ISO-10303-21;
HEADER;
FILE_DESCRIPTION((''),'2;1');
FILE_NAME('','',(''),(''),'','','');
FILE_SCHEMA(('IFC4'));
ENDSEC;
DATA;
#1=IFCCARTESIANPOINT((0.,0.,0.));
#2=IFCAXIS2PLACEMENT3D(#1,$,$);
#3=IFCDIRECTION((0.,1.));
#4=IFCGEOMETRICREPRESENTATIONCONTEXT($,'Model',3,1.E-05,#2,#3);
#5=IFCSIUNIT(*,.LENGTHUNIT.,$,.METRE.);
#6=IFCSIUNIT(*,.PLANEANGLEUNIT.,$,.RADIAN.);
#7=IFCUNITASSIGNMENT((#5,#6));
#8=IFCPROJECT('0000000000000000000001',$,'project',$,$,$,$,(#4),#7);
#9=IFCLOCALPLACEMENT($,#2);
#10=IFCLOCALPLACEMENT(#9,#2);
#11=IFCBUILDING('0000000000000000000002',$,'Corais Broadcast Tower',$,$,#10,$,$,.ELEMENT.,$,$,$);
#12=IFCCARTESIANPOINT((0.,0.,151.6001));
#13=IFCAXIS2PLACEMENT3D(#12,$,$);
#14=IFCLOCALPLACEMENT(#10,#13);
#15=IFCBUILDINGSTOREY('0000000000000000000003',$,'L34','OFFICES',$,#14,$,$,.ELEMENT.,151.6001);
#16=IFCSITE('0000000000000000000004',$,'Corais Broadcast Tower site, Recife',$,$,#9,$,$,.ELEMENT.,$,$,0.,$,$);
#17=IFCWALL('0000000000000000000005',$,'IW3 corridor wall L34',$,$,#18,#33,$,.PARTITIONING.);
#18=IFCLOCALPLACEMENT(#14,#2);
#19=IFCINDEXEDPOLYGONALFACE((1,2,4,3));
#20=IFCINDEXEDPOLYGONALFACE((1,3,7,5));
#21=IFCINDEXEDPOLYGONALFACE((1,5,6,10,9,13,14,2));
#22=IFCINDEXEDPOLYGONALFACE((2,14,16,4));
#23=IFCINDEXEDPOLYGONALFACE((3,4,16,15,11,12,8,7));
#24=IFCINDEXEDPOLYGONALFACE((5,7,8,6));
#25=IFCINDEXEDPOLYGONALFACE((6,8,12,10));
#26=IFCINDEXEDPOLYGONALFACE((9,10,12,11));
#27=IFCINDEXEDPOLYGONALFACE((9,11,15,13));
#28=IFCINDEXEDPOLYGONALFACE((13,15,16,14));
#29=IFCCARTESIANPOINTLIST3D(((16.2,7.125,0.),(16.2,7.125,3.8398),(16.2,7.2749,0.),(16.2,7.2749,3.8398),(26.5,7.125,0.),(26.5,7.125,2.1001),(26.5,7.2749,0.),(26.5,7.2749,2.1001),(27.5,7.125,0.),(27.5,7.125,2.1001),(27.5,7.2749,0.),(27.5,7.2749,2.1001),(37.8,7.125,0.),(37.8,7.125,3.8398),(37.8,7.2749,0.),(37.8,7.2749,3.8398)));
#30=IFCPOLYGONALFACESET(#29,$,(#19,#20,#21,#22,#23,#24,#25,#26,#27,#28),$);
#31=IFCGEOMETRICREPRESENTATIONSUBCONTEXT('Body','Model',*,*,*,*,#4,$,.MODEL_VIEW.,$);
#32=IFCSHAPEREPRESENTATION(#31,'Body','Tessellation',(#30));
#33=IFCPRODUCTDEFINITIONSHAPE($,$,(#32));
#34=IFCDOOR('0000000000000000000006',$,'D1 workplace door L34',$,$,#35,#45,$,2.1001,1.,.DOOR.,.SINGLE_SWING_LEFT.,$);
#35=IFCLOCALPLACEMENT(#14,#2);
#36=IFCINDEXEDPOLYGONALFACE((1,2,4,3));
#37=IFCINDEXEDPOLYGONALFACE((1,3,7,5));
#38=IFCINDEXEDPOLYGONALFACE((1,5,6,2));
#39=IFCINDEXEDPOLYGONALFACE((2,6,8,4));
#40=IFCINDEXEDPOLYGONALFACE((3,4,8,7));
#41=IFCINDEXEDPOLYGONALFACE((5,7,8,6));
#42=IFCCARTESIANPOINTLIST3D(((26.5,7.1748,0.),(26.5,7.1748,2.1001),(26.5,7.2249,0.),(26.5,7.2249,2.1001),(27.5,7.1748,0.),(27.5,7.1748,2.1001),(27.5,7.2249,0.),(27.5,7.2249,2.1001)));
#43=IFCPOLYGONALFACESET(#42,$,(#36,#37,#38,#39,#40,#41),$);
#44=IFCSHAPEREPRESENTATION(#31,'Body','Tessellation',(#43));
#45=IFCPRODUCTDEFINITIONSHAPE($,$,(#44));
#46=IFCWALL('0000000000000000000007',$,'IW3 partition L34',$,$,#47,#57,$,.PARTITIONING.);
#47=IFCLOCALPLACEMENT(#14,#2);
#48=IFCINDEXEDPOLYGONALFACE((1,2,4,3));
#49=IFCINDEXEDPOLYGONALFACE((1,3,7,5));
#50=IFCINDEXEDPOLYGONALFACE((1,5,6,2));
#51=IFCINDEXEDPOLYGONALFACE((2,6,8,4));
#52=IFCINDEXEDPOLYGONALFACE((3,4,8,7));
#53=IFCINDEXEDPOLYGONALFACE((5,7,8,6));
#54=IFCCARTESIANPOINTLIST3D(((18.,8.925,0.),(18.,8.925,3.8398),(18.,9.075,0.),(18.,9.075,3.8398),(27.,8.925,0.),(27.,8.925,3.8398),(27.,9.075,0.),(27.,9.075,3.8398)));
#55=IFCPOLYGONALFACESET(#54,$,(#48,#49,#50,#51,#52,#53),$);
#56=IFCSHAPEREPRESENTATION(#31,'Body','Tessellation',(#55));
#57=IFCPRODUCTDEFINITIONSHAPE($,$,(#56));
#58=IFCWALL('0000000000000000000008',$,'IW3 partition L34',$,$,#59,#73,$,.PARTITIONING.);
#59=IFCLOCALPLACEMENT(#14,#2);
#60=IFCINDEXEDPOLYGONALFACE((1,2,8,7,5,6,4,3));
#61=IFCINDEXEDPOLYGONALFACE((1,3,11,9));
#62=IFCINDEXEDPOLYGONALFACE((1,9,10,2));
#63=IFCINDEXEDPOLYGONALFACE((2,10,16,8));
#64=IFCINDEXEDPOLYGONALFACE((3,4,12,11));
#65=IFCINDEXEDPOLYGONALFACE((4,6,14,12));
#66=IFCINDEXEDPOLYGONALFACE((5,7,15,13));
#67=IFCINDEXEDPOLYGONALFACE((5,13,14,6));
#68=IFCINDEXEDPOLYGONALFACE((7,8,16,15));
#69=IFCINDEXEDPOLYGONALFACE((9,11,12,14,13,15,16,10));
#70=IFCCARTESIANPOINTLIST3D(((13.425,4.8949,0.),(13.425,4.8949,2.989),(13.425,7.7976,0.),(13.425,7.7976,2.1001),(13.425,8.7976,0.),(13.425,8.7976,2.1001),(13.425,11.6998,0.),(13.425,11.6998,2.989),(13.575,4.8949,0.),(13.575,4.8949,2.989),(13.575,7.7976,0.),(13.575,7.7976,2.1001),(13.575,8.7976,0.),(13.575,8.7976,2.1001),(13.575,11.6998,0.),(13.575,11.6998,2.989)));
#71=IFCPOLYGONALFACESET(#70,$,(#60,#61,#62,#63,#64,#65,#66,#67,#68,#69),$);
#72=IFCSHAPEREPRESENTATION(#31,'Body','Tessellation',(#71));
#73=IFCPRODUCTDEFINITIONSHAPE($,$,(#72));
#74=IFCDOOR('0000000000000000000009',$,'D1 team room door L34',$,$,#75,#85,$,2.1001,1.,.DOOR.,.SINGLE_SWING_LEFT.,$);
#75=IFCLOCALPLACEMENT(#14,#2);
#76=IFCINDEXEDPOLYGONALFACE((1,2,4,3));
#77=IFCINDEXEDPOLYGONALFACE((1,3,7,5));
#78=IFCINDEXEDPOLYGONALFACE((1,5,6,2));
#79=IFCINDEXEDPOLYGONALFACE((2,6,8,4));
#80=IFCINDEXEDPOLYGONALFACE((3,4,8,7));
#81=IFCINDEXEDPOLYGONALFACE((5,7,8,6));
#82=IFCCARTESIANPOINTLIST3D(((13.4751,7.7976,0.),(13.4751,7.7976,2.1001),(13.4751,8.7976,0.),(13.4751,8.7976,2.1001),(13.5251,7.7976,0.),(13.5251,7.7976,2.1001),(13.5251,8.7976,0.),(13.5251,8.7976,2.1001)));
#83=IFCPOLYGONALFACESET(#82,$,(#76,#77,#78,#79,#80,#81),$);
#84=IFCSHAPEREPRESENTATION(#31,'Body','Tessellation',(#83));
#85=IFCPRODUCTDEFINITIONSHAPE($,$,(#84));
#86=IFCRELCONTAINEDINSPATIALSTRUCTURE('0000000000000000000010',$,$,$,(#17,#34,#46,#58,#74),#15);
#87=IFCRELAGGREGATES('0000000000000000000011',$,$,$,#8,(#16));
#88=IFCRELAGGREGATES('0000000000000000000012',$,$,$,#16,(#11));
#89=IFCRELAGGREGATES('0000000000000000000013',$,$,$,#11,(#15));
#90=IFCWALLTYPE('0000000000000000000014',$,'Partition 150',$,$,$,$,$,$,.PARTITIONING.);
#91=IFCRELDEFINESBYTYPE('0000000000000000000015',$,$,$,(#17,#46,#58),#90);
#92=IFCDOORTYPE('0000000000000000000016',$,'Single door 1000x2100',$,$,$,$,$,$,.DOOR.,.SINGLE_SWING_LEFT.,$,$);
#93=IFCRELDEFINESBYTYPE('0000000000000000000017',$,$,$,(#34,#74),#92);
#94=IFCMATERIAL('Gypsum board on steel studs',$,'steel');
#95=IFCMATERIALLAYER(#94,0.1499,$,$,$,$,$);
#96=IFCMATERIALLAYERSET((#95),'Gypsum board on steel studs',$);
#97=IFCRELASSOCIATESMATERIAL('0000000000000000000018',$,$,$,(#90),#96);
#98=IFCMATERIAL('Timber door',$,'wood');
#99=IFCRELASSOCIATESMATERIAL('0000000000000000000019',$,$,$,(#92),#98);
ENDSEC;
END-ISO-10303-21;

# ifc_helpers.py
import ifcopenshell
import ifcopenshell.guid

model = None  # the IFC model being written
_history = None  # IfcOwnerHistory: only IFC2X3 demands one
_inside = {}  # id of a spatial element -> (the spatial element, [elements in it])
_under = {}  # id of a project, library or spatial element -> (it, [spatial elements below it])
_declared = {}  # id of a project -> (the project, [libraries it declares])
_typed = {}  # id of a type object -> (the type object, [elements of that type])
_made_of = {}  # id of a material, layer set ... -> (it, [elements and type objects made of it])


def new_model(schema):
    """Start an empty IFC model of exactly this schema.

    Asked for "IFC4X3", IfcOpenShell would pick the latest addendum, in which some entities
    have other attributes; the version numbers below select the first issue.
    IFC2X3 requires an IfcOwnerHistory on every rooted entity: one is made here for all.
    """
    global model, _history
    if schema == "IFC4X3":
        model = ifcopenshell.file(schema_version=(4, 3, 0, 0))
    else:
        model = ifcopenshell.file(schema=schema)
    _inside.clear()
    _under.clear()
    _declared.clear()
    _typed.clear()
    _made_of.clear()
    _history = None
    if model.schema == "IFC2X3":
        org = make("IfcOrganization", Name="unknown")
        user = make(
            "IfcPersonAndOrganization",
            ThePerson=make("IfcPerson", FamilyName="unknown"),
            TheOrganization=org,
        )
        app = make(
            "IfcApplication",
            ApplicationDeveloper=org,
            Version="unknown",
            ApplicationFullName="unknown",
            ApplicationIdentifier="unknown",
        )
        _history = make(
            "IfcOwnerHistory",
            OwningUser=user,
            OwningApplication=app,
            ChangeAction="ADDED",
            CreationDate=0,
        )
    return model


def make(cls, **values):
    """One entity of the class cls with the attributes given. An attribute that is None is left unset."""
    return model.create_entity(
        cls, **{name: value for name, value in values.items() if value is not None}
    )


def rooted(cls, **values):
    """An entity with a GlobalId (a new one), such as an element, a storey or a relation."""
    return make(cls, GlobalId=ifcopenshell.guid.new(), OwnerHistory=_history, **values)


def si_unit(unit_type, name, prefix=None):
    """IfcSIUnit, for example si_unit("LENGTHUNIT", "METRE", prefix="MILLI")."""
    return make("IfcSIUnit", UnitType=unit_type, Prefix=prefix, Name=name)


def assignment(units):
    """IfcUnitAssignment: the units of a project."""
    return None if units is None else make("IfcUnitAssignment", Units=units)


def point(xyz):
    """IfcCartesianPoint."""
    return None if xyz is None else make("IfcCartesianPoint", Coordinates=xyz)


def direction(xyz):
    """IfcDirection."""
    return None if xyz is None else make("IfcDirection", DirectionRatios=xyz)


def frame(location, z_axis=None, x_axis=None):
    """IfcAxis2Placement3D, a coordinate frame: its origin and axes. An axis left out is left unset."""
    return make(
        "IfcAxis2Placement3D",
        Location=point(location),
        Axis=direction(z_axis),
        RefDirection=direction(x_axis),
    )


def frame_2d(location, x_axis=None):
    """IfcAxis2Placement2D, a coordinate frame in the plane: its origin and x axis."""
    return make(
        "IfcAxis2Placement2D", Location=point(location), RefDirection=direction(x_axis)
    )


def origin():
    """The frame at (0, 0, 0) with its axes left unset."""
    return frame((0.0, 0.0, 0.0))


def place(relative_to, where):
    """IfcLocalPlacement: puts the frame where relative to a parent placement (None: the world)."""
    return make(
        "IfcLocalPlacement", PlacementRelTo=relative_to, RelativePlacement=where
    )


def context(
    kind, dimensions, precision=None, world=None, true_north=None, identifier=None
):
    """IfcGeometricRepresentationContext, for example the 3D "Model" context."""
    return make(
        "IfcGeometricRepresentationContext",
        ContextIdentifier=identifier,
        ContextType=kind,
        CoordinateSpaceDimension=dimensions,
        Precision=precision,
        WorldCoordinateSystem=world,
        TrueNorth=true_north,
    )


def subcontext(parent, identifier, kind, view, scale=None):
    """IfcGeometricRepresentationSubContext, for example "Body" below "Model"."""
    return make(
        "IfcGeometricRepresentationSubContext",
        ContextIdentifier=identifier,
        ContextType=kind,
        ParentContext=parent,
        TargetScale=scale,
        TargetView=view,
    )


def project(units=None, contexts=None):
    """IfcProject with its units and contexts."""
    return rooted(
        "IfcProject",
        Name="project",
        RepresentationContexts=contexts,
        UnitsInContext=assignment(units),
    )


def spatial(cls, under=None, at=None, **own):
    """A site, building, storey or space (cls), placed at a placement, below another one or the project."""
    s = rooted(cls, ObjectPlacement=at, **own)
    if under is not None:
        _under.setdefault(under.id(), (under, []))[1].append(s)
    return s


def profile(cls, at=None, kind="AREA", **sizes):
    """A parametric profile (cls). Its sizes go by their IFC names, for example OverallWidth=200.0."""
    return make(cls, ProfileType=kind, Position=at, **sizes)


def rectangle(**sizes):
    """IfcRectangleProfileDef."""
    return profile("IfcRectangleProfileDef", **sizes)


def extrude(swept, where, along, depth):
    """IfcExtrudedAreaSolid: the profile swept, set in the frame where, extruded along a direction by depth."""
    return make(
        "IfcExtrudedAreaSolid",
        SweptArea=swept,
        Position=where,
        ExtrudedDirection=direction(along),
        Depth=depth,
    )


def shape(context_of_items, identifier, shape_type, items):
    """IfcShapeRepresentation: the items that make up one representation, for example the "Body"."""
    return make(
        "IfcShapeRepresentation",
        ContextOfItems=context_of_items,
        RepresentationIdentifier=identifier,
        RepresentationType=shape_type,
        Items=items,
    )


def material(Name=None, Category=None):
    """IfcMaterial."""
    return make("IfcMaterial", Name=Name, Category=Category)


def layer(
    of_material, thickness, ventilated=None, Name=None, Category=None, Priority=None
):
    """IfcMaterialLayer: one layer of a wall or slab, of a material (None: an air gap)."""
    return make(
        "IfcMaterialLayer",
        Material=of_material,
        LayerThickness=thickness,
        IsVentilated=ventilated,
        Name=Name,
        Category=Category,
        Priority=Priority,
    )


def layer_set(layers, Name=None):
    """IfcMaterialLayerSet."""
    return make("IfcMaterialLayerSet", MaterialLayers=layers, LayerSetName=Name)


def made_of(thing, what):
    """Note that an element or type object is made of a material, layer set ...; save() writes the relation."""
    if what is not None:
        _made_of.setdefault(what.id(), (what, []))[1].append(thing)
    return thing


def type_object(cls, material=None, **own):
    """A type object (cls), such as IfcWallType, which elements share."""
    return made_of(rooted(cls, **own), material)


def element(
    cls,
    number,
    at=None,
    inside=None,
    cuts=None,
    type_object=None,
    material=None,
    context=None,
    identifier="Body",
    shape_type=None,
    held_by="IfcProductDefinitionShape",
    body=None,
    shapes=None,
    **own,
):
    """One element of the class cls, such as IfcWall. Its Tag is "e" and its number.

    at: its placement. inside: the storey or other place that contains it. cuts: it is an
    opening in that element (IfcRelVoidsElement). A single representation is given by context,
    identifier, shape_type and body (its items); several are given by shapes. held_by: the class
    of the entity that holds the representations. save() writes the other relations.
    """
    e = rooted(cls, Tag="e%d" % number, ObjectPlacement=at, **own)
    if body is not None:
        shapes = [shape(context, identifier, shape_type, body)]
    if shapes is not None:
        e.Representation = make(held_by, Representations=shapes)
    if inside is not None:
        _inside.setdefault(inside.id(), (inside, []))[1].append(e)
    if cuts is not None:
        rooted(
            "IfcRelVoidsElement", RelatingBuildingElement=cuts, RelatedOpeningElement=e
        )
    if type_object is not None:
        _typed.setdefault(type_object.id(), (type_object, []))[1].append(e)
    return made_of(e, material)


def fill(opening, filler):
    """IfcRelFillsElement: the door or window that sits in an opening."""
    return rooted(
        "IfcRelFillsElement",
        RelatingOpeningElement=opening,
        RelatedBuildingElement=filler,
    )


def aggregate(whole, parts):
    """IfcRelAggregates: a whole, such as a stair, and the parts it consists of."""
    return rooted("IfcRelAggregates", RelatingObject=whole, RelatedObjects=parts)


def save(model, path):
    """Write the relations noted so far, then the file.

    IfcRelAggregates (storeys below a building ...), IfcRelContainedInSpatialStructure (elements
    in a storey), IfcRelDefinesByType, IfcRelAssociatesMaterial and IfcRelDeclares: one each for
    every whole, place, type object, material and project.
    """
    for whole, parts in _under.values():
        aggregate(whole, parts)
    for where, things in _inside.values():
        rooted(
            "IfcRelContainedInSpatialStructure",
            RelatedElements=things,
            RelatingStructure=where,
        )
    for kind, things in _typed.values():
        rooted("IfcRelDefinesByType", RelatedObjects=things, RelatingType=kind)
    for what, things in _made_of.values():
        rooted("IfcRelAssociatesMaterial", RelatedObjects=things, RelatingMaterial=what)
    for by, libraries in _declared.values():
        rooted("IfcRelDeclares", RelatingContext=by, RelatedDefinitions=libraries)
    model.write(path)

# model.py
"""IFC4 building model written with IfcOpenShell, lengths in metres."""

from ifc_helpers import new_model, si_unit, direction, frame, frame_2d, origin, place, context, subcontext, project, spatial, rectangle, extrude, material, layer, layer_set, type_object, element, fill, save


model = new_model("IFC4")

# Units and contexts
model_context = context("Model", 3, precision=1e-05, world=origin(), true_north=direction((0.0, 1.0)))
body_context = subcontext(model_context, "Body", "Model", "MODEL_VIEW")
ifc_project = project(units=[si_unit("LENGTHUNIT", "METRE"), si_unit("PLANEANGLEUNIT", "RADIAN")], contexts=[model_context])

# Site, building, storey
site_placement = place(None, origin())
site = spatial("IfcSite", under=ifc_project, at=site_placement, Name="Corais Broadcast Tower site, Recife", CompositionType="ELEMENT", RefElevation=0.0)
building_placement = place(site_placement, origin())
building = spatial("IfcBuilding", under=site, at=building_placement, Name="Corais Broadcast Tower", CompositionType="ELEMENT")
storey_placement = place(building_placement, frame((0.0, 0.0, 151.6001)))
storey = spatial("IfcBuildingStorey", under=building, at=storey_placement, Name="L34", Description="OFFICES", CompositionType="ELEMENT", Elevation=151.6001)

# Wall, opening, door
ifc_material_1 = material(Name="Gypsum board on steel studs", Category="steel")
ifc_layer_1 = layer(ifc_material_1, 0.1499)
ifc_layer_set_1 = layer_set([ifc_layer_1], Name="Gypsum board on steel studs")
wall_type = type_object("IfcWallType", Name="Partition 150", PredefinedType="PARTITIONING", material=ifc_layer_set_1)
wall_1_placement = place(storey_placement, frame((16.2, 7.2, 0.0), z_axis=(0.0, 0.0, 1.0), x_axis=(1.0, 0.0, 0.0)))
wall_1 = element("IfcWall", 1, at=wall_1_placement, inside=storey, type_object=wall_type, Name="IW3 corridor wall L34", PredefinedType="PARTITIONING", context=body_context, shape_type="SweptSolid", body=[
    extrude(rectangle(XDim=21.6001, YDim=0.1499, at=frame_2d((10.8, 0.0))), origin(), (0.0, 0.0, 1.0), 3.8398),
])
opening_1_placement = place(wall_1_placement, frame((10.3, 0.0, 0.0)))
opening_1 = element("IfcOpeningElement", 2, at=opening_1_placement, cuts=wall_1, PredefinedType="OPENING", context=body_context, shape_type="SweptSolid", body=[
    extrude(rectangle(XDim=1.0, YDim=2.1001, at=frame_2d((0.5, 1.05))), frame((0.0, 0.085, 0.0), z_axis=(0.0, -1.0, 0.0), x_axis=(1.0, 0.0, 0.0)), (0.0, 0.0, 1.0), 0.1699),
])
ifc_material_2 = material(Name="Timber door", Category="wood")
door_type = type_object("IfcDoorType", Name="Single door 1000x2100", OperationType="SINGLE_SWING_LEFT", PredefinedType="DOOR", material=ifc_material_2)
door_1_placement = place(opening_1_placement, origin())
door_1 = element("IfcDoor", 3, at=door_1_placement, inside=storey, type_object=door_type, Name="D1 workplace door L34", OperationType="SINGLE_SWING_LEFT", OverallHeight=2.1001, OverallWidth=1.0, PredefinedType="DOOR", context=body_context, shape_type="SweptSolid", body=[
    extrude(rectangle(XDim=1.0, YDim=2.1001, at=frame_2d((0.5, 1.05))), frame((0.0, 0.0249, 0.0), z_axis=(0.0, -1.0, 0.0), x_axis=(1.0, 0.0, 0.0)), (0.0, 0.0, 1.0), 0.05),
])
fill(opening_1, door_1)

# Wall
wall_2_placement = place(storey_placement, frame((18.0, 9.0, 0.0), z_axis=(0.0, 0.0, 1.0), x_axis=(1.0, 0.0, 0.0)))
element("IfcWall", 4, at=wall_2_placement, inside=storey, type_object=wall_type, Name="IW3 partition L34", PredefinedType="PARTITIONING", context=body_context, shape_type="SweptSolid", body=[
    extrude(rectangle(XDim=9.0, YDim=0.1499, at=frame_2d((4.5, 0.0))), origin(), (0.0, 0.0, 1.0), 3.8398),
])

# Wall, opening, door
wall_3_placement = place(storey_placement, frame((13.5, 4.895, 0.0), z_axis=(0.0, 0.0, 1.0), x_axis=(0.0, 1.0, 0.0)))
wall_3 = element("IfcWall", 5, at=wall_3_placement, inside=storey, type_object=wall_type, Name="IW3 partition L34", PredefinedType="PARTITIONING", context=body_context, shape_type="SweptSolid", body=[
    extrude(rectangle(XDim=6.8049, YDim=0.1499, at=frame_2d((3.4023, 0.0))), origin(), (0.0, 0.0, 1.0), 2.989),
])
opening_2_placement = place(wall_3_placement, frame((2.9026, 0.0, 0.0)))
opening_2 = element("IfcOpeningElement", 6, at=opening_2_placement, cuts=wall_3, PredefinedType="OPENING", context=body_context, shape_type="SweptSolid", body=[
    extrude(rectangle(XDim=1.0, YDim=2.1001, at=frame_2d((0.5, 1.05))), frame((0.0, 0.085, 0.0), z_axis=(0.0, -1.0, 0.0), x_axis=(1.0, 0.0, 0.0)), (0.0, 0.0, 1.0), 0.1699),
])
door_2_placement = place(opening_2_placement, origin())
door_2 = element("IfcDoor", 7, at=door_2_placement, inside=storey, type_object=door_type, Name="D1 team room door L34", OperationType="SINGLE_SWING_LEFT", OverallHeight=2.1001, OverallWidth=1.0, PredefinedType="DOOR", context=body_context, shape_type="SweptSolid", body=[
    extrude(rectangle(XDim=1.0, YDim=2.1001, at=frame_2d((0.5, 1.05))), frame((0.0, 0.0249, 0.0), z_axis=(0.0, -1.0, 0.0), x_axis=(1.0, 0.0, 0.0)), (0.0, 0.0, 1.0), 0.05),
])
fill(opening_2, door_2)

save(model, "model.ifc")
